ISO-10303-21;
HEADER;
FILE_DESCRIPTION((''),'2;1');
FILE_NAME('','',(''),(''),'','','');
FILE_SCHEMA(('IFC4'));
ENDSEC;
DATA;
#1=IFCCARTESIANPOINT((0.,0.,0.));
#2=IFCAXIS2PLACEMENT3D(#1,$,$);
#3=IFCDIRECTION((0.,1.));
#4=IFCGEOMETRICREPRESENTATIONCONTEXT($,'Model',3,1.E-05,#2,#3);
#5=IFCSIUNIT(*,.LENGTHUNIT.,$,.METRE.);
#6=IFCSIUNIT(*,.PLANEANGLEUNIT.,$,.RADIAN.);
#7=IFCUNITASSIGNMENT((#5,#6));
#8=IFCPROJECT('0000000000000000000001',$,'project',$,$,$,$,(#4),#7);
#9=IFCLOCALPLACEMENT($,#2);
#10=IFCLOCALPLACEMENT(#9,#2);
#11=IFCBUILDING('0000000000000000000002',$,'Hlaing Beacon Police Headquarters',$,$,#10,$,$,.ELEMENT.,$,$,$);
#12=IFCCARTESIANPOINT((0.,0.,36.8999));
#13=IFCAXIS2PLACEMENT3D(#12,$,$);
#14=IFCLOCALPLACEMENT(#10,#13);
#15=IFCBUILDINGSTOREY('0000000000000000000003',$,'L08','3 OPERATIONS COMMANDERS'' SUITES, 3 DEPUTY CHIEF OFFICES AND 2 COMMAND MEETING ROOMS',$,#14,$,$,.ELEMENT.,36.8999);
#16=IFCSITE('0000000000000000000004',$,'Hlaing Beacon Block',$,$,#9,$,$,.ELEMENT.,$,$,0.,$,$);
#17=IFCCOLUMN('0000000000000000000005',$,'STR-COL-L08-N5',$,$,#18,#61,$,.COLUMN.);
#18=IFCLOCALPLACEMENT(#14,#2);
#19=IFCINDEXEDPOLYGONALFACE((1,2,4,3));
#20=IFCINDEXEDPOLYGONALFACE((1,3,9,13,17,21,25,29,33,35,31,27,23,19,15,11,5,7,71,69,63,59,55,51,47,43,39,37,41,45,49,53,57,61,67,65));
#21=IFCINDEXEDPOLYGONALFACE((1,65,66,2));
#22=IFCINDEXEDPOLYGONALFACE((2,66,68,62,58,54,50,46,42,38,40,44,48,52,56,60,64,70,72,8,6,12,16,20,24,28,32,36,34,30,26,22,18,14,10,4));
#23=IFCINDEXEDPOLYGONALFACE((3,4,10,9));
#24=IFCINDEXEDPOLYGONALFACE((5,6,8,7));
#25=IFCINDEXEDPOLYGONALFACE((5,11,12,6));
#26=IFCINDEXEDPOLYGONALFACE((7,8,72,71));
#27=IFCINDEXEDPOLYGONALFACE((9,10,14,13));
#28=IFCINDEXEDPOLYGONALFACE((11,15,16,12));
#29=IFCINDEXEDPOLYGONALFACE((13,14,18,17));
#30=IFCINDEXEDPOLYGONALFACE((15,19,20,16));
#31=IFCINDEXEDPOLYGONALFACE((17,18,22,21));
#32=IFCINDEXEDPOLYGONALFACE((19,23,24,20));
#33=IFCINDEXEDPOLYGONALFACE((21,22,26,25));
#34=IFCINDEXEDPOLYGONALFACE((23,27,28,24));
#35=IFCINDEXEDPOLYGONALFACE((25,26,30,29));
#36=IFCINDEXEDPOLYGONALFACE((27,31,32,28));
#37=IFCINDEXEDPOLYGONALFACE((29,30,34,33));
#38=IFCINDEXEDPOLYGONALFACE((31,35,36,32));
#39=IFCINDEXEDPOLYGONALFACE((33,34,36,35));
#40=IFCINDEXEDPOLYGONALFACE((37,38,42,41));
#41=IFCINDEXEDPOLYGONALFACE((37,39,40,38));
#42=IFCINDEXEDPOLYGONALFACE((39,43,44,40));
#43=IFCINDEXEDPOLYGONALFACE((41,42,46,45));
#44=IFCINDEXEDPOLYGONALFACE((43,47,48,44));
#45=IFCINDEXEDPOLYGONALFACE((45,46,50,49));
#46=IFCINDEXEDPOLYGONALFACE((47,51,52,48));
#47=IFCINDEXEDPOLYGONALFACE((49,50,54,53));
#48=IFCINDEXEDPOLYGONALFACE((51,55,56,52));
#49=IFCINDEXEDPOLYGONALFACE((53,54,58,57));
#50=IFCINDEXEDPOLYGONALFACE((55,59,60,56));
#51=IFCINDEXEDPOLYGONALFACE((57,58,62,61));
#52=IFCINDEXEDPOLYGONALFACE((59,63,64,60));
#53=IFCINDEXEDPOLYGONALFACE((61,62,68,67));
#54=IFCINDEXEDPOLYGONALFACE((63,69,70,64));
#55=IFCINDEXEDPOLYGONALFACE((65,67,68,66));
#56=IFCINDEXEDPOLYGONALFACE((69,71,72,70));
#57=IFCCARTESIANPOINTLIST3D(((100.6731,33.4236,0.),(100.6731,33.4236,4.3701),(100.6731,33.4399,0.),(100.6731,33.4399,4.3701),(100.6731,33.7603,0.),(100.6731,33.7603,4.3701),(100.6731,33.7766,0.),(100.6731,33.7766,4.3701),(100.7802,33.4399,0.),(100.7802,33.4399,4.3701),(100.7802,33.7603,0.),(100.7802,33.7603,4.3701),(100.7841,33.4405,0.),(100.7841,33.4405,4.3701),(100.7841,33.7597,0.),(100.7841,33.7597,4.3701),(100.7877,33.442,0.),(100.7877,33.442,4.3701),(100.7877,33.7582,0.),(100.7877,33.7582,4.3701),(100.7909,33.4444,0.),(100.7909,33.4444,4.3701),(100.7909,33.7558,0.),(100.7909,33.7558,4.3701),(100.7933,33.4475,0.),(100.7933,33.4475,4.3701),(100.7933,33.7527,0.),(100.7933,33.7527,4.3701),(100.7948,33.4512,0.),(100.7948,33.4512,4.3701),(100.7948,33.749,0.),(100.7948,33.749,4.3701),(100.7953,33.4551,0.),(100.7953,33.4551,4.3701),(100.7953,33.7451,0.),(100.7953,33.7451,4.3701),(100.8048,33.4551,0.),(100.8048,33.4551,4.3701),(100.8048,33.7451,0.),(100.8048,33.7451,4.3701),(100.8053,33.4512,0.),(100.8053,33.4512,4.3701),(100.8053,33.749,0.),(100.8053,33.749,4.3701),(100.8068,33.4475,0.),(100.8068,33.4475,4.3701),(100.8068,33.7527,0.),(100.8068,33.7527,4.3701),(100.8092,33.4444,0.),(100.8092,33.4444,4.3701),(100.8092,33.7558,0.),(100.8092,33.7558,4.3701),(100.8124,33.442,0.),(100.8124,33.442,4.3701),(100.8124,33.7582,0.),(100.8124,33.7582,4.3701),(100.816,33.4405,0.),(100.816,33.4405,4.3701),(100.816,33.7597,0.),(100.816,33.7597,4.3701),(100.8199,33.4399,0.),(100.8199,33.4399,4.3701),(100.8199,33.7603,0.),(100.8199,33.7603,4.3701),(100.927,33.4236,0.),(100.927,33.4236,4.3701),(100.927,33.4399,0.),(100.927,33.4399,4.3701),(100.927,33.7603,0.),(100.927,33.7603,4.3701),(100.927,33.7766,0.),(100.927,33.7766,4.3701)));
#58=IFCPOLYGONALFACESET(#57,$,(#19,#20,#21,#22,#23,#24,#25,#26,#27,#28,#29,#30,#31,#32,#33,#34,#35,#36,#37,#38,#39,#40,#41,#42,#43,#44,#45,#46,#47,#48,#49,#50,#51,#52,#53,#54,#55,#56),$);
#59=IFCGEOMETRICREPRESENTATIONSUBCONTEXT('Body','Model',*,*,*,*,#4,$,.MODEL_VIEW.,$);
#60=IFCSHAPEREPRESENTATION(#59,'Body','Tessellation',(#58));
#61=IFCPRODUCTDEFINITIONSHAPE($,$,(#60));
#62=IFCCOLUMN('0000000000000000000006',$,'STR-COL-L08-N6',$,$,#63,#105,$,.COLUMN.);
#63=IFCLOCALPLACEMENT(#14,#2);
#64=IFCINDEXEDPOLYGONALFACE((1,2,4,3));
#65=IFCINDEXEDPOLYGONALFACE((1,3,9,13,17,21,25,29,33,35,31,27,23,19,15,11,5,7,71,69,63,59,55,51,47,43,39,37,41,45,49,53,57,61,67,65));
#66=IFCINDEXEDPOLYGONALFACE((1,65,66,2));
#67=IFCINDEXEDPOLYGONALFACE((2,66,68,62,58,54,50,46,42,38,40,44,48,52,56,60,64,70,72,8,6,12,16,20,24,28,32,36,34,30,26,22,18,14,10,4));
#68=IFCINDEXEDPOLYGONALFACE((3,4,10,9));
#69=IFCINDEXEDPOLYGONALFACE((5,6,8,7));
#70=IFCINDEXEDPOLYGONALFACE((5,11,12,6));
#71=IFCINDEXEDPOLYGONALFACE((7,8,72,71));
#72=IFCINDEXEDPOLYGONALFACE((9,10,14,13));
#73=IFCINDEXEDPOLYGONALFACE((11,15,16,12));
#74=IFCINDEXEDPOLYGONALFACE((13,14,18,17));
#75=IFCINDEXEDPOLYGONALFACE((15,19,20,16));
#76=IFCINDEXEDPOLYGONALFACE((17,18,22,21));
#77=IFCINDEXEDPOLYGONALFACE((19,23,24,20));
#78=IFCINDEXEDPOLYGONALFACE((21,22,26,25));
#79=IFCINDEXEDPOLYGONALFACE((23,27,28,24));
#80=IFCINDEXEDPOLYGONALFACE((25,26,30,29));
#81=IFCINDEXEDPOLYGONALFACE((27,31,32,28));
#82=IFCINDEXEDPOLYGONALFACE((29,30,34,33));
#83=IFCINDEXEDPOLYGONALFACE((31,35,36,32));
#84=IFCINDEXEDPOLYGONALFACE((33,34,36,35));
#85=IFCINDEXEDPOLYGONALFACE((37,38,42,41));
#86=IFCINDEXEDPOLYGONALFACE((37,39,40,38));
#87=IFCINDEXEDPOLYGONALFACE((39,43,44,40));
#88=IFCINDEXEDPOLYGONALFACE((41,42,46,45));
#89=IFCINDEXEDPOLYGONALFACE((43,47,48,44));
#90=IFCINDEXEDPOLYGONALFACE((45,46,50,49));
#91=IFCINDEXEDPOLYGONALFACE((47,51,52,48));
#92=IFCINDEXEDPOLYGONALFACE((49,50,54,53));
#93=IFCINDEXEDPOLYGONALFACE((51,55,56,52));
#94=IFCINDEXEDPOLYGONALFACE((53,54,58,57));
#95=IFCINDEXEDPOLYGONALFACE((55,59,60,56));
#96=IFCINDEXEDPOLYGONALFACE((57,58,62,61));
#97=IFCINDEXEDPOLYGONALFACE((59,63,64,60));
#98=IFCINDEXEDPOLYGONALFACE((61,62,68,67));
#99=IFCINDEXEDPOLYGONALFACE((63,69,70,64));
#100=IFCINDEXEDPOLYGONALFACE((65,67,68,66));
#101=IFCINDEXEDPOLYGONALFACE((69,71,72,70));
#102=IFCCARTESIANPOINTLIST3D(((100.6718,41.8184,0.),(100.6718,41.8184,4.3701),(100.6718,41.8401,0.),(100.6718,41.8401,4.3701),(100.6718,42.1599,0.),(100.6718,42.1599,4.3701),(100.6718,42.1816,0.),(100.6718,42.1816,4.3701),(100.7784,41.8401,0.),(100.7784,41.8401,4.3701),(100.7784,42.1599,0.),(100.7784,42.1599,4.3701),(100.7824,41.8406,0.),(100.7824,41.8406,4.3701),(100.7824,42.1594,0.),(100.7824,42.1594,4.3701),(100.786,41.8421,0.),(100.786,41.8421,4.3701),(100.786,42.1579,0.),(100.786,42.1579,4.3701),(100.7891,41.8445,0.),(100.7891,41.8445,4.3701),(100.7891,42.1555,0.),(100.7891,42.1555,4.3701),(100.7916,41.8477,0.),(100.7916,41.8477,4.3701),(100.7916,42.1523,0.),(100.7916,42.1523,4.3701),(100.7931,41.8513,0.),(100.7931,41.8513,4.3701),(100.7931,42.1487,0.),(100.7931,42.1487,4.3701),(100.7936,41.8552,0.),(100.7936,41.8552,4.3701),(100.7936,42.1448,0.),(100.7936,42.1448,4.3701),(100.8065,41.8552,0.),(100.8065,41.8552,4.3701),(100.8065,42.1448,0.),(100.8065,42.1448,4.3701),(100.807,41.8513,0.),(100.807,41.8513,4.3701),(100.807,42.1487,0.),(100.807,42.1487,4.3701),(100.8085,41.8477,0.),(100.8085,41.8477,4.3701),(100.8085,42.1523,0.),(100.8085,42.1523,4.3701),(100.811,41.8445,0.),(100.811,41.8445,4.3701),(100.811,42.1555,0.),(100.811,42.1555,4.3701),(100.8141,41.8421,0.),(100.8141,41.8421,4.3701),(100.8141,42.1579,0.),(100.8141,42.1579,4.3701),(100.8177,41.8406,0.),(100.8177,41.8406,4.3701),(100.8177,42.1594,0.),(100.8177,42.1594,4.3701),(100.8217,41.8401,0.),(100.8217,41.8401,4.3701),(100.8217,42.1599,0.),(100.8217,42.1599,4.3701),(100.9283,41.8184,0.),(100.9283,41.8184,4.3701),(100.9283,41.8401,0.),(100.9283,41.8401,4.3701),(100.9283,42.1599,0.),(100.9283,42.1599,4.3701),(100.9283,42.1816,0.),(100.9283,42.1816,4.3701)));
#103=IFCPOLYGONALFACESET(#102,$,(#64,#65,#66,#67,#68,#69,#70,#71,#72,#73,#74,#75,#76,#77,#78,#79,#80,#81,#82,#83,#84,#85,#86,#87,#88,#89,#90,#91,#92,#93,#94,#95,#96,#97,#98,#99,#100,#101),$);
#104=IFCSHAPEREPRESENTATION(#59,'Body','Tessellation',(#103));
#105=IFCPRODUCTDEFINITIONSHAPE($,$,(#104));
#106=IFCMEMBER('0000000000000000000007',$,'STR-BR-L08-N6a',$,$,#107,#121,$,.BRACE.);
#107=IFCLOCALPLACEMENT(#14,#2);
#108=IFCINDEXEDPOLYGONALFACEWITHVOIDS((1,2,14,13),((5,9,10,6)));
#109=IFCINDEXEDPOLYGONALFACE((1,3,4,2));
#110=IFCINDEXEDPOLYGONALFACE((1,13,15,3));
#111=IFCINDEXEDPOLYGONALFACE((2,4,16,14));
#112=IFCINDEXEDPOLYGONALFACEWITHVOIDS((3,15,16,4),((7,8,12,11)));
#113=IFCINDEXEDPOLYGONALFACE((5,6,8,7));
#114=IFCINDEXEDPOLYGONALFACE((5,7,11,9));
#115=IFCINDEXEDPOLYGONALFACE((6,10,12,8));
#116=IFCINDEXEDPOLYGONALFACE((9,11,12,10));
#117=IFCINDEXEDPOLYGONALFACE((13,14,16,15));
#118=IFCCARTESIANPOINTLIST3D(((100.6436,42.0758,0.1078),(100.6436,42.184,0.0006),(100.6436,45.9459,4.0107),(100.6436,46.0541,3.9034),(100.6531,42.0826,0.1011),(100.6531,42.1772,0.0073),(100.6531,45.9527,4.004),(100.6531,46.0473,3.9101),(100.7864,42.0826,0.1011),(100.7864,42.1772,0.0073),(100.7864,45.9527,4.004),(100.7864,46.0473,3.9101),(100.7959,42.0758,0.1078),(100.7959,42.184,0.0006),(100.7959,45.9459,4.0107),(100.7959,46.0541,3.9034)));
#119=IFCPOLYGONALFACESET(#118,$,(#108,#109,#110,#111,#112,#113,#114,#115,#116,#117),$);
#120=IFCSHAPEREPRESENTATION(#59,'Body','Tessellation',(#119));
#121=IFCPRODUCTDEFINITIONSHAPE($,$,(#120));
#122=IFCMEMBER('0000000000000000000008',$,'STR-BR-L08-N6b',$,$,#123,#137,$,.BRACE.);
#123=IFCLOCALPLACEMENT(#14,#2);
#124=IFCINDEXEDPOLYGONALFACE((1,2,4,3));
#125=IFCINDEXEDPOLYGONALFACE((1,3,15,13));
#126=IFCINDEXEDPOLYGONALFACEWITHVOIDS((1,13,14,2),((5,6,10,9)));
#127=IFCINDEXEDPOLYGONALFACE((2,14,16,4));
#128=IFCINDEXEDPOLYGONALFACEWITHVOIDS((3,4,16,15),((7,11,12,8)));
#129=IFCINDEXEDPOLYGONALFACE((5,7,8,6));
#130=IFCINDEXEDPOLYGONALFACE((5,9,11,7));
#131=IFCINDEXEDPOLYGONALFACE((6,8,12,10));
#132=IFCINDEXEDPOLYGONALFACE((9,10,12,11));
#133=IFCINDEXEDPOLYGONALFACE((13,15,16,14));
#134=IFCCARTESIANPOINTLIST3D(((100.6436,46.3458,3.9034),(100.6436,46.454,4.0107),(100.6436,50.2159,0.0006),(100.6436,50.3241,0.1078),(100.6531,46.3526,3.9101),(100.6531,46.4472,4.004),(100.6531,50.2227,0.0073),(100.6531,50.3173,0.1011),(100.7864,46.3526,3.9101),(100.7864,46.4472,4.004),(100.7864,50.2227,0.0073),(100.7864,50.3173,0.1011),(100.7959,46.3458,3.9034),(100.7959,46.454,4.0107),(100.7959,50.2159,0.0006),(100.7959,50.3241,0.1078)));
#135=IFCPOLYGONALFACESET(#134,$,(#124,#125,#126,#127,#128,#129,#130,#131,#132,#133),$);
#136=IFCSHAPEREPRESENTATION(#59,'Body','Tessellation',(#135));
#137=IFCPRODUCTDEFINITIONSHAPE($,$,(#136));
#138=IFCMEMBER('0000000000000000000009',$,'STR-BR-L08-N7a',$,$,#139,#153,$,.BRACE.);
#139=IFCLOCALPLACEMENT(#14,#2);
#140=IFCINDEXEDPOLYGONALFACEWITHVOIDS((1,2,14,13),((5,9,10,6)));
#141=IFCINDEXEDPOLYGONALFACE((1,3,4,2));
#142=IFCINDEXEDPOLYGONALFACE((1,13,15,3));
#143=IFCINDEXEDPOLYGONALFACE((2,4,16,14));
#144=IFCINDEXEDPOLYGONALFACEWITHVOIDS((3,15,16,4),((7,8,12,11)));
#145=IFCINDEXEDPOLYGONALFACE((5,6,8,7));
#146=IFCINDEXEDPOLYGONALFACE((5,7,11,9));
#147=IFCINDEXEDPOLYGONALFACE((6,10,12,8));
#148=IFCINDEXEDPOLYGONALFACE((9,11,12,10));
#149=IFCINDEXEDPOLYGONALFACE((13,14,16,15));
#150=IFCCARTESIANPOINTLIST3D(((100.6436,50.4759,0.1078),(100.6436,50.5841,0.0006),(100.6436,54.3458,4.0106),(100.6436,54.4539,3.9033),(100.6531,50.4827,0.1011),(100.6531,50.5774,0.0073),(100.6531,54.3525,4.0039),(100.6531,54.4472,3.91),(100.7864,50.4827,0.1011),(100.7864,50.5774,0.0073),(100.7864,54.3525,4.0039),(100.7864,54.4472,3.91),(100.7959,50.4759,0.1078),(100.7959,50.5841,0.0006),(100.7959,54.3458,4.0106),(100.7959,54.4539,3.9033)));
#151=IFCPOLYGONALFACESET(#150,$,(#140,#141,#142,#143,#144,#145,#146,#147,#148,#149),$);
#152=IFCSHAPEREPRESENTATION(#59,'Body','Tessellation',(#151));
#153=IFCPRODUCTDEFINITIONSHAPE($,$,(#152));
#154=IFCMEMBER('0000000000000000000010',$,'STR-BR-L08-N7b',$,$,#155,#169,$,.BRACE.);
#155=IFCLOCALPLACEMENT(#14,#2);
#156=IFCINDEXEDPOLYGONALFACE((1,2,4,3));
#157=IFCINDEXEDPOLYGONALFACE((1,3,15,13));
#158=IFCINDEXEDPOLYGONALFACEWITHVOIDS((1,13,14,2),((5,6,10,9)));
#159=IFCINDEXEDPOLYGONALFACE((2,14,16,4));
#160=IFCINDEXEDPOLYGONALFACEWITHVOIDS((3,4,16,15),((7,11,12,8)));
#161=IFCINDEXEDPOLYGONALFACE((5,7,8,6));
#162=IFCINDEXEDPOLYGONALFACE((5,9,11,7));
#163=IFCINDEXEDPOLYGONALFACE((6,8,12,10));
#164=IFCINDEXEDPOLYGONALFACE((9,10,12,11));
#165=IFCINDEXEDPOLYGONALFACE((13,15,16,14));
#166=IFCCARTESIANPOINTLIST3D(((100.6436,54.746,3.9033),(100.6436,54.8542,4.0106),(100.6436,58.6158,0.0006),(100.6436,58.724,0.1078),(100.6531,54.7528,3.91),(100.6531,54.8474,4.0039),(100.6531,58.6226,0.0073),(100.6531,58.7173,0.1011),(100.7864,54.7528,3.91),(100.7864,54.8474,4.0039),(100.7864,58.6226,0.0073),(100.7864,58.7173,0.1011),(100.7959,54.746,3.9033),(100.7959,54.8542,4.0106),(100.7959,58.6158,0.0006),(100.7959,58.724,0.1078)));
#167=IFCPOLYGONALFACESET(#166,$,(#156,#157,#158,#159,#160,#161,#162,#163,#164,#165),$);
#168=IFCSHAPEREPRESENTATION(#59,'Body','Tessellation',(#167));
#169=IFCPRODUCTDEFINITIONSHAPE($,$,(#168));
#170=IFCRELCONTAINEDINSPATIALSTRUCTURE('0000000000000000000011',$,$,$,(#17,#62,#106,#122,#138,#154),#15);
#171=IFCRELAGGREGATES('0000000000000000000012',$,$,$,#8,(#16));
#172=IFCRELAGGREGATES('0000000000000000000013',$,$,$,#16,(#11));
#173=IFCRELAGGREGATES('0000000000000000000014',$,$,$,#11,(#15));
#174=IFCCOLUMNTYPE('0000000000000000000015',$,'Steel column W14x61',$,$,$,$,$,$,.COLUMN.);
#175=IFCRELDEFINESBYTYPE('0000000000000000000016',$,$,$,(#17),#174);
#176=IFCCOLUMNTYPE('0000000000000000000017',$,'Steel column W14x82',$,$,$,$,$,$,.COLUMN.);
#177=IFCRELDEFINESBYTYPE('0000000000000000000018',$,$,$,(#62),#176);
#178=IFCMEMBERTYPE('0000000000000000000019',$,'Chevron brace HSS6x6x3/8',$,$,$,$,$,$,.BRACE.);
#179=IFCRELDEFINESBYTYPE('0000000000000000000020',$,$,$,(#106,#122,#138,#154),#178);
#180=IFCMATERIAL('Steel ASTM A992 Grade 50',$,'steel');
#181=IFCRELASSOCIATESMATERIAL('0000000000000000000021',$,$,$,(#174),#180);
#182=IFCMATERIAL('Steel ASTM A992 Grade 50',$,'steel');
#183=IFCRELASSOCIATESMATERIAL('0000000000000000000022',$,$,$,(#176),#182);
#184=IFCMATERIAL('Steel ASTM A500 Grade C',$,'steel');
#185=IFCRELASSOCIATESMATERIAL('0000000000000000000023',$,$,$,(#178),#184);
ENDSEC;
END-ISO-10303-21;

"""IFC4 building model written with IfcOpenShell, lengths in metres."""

from ifc_helpers import new_model, si_unit, direction, frame, origin, origin_2d, place, context, subcontext, project, spatial, hollow_rectangle, i_section, extrude, material, material_profile, profile_set, type_object, element, save


model = new_model("IFC4")

# Units and contexts
model_context = context("Model", 3, precision=1e-05, world=origin(), true_north=direction((0.0, 1.0)))
body_context = subcontext(model_context, "Body", "Model", "MODEL_VIEW")
ifc_project = project(units=[si_unit("LENGTHUNIT", "METRE"), si_unit("PLANEANGLEUNIT", "RADIAN")], contexts=[model_context])

# Site, building, storey
site_placement = place(None, origin())
site = spatial("IfcSite", under=ifc_project, at=site_placement, Name="Hlaing Beacon Block", CompositionType="ELEMENT", RefElevation=0.0)
building_placement = place(site_placement, origin())
building = spatial("IfcBuilding", under=site, at=building_placement, Name="Hlaing Beacon Police Headquarters", CompositionType="ELEMENT")
storey_placement = place(building_placement, frame((0.0, 0.0, 36.8999)))
storey = spatial("IfcBuildingStorey", under=building, at=storey_placement, Name="L08", Description="3 OPERATIONS COMMANDERS' SUITES, 3 DEPUTY CHIEF OFFICES AND 2 COMMAND MEETING ROOMS", CompositionType="ELEMENT", Elevation=36.8999)

# Columns
ifc_material_1 = material(Name="Steel ASTM A992 Grade 50", Category="steel")
ifc_material_profile_1 = material_profile(ifc_material_1, i_section(OverallWidth=0.2539, OverallDepth=0.353, WebThickness=0.0095, FlangeThickness=0.0164, FilletRadius=0.0151, at=origin_2d()), Name="W14x61")
ifc_profile_set_1 = profile_set([ifc_material_profile_1], Name="Steel ASTM A992 Grade 50")
column_type_1 = type_object("IfcColumnType", Name="Steel column W14x61", PredefinedType="COLUMN", material=ifc_profile_set_1)
column_1_placement = place(storey_placement, frame((100.8, 33.6001, 0.0), z_axis=(0.0, 0.0, 1.0), x_axis=(1.0, 0.0, 0.0)))
element("IfcColumn", 1, at=column_1_placement, inside=storey, type_object=column_type_1, Name="STR-COL-L08-N5", PredefinedType="COLUMN", context=body_context, shape_type="SweptSolid", body=[
    extrude(i_section(OverallWidth=0.2539, OverallDepth=0.353, WebThickness=0.0095, FlangeThickness=0.0164, FilletRadius=0.0151, at=origin_2d()), origin(), (0.0, 0.0, 1.0), 4.3701),
])
ifc_material_2 = material(Name="Steel ASTM A992 Grade 50", Category="steel")
ifc_material_profile_2 = material_profile(ifc_material_2, i_section(OverallWidth=0.2566, OverallDepth=0.3633, WebThickness=0.0129, FlangeThickness=0.0217, FilletRadius=0.0151, at=origin_2d()), Name="W14x82")
ifc_profile_set_2 = profile_set([ifc_material_profile_2], Name="Steel ASTM A992 Grade 50")
column_type_2 = type_object("IfcColumnType", Name="Steel column W14x82", PredefinedType="COLUMN", material=ifc_profile_set_2)
column_2_placement = place(storey_placement, frame((100.8, 42.0, 0.0), z_axis=(0.0, 0.0, 1.0), x_axis=(1.0, 0.0, 0.0)))
element("IfcColumn", 2, at=column_2_placement, inside=storey, type_object=column_type_2, Name="STR-COL-L08-N6", PredefinedType="COLUMN", context=body_context, shape_type="SweptSolid", body=[
    extrude(i_section(OverallWidth=0.2566, OverallDepth=0.3633, WebThickness=0.0129, FlangeThickness=0.0217, FilletRadius=0.0151, at=origin_2d()), origin(), (0.0, 0.0, 1.0), 4.3701),
])

# Members
ifc_material_3 = material(Name="Steel ASTM A500 Grade C", Category="steel")
ifc_material_profile_3 = material_profile(ifc_material_3, hollow_rectangle(XDim=0.1523, YDim=0.1523, WallThickness=0.0095, at=origin_2d()), Name="HSS6x6x3/8")
ifc_profile_set_3 = profile_set([ifc_material_profile_3], Name="Steel ASTM A500 Grade C")
member_type = type_object("IfcMemberType", Name="Chevron brace HSS6x6x3/8", PredefinedType="BRACE", material=ifc_profile_set_3)
for number, where, z_axis, x_axis, name in (
    (3, (100.7197, 42.1299, 0.0542), (0.0, 0.704124, 0.710077), (-1.0, 0.0, 0.0), "STR-BR-L08-N6a"),
    (4, (100.7197, 50.27, 0.0542), (0.0, -0.704124, 0.710077), (1.0, 0.0, 0.0), "STR-BR-L08-N6b"),
):
    element("IfcMember", number, at=place(storey_placement, frame(where, z_axis=z_axis, x_axis=x_axis)), inside=storey, type_object=member_type, Name=name, PredefinedType="BRACE", context=body_context, shape_type="SweptSolid", body=[
        extrude(hollow_rectangle(XDim=0.1523, YDim=0.1523, WallThickness=0.0095, at=origin_2d()), origin(), (0.0, 0.0, 1.0), 5.4963),
    ])
for number, where, z_axis, x_axis, name in (
    (5, (100.7197, 50.53, 0.0542), (0.0, 0.704102, 0.710099), (-1.0, 0.0, 0.0), "STR-BR-L08-N7a"),
    (6, (100.7197, 58.6699, 0.0542), (0.0, -0.704102, 0.710099), (1.0, 0.0, 0.0), "STR-BR-L08-N7b"),
):
    element("IfcMember", number, at=place(storey_placement, frame(where, z_axis=z_axis, x_axis=x_axis)), inside=storey, type_object=member_type, Name=name, PredefinedType="BRACE", context=body_context, shape_type="SweptSolid", body=[
        extrude(hollow_rectangle(XDim=0.1523, YDim=0.1523, WallThickness=0.0095, at=origin_2d()), origin(), (0.0, 0.0, 1.0), 5.4961),
    ])

save(model, "model.ifc")
